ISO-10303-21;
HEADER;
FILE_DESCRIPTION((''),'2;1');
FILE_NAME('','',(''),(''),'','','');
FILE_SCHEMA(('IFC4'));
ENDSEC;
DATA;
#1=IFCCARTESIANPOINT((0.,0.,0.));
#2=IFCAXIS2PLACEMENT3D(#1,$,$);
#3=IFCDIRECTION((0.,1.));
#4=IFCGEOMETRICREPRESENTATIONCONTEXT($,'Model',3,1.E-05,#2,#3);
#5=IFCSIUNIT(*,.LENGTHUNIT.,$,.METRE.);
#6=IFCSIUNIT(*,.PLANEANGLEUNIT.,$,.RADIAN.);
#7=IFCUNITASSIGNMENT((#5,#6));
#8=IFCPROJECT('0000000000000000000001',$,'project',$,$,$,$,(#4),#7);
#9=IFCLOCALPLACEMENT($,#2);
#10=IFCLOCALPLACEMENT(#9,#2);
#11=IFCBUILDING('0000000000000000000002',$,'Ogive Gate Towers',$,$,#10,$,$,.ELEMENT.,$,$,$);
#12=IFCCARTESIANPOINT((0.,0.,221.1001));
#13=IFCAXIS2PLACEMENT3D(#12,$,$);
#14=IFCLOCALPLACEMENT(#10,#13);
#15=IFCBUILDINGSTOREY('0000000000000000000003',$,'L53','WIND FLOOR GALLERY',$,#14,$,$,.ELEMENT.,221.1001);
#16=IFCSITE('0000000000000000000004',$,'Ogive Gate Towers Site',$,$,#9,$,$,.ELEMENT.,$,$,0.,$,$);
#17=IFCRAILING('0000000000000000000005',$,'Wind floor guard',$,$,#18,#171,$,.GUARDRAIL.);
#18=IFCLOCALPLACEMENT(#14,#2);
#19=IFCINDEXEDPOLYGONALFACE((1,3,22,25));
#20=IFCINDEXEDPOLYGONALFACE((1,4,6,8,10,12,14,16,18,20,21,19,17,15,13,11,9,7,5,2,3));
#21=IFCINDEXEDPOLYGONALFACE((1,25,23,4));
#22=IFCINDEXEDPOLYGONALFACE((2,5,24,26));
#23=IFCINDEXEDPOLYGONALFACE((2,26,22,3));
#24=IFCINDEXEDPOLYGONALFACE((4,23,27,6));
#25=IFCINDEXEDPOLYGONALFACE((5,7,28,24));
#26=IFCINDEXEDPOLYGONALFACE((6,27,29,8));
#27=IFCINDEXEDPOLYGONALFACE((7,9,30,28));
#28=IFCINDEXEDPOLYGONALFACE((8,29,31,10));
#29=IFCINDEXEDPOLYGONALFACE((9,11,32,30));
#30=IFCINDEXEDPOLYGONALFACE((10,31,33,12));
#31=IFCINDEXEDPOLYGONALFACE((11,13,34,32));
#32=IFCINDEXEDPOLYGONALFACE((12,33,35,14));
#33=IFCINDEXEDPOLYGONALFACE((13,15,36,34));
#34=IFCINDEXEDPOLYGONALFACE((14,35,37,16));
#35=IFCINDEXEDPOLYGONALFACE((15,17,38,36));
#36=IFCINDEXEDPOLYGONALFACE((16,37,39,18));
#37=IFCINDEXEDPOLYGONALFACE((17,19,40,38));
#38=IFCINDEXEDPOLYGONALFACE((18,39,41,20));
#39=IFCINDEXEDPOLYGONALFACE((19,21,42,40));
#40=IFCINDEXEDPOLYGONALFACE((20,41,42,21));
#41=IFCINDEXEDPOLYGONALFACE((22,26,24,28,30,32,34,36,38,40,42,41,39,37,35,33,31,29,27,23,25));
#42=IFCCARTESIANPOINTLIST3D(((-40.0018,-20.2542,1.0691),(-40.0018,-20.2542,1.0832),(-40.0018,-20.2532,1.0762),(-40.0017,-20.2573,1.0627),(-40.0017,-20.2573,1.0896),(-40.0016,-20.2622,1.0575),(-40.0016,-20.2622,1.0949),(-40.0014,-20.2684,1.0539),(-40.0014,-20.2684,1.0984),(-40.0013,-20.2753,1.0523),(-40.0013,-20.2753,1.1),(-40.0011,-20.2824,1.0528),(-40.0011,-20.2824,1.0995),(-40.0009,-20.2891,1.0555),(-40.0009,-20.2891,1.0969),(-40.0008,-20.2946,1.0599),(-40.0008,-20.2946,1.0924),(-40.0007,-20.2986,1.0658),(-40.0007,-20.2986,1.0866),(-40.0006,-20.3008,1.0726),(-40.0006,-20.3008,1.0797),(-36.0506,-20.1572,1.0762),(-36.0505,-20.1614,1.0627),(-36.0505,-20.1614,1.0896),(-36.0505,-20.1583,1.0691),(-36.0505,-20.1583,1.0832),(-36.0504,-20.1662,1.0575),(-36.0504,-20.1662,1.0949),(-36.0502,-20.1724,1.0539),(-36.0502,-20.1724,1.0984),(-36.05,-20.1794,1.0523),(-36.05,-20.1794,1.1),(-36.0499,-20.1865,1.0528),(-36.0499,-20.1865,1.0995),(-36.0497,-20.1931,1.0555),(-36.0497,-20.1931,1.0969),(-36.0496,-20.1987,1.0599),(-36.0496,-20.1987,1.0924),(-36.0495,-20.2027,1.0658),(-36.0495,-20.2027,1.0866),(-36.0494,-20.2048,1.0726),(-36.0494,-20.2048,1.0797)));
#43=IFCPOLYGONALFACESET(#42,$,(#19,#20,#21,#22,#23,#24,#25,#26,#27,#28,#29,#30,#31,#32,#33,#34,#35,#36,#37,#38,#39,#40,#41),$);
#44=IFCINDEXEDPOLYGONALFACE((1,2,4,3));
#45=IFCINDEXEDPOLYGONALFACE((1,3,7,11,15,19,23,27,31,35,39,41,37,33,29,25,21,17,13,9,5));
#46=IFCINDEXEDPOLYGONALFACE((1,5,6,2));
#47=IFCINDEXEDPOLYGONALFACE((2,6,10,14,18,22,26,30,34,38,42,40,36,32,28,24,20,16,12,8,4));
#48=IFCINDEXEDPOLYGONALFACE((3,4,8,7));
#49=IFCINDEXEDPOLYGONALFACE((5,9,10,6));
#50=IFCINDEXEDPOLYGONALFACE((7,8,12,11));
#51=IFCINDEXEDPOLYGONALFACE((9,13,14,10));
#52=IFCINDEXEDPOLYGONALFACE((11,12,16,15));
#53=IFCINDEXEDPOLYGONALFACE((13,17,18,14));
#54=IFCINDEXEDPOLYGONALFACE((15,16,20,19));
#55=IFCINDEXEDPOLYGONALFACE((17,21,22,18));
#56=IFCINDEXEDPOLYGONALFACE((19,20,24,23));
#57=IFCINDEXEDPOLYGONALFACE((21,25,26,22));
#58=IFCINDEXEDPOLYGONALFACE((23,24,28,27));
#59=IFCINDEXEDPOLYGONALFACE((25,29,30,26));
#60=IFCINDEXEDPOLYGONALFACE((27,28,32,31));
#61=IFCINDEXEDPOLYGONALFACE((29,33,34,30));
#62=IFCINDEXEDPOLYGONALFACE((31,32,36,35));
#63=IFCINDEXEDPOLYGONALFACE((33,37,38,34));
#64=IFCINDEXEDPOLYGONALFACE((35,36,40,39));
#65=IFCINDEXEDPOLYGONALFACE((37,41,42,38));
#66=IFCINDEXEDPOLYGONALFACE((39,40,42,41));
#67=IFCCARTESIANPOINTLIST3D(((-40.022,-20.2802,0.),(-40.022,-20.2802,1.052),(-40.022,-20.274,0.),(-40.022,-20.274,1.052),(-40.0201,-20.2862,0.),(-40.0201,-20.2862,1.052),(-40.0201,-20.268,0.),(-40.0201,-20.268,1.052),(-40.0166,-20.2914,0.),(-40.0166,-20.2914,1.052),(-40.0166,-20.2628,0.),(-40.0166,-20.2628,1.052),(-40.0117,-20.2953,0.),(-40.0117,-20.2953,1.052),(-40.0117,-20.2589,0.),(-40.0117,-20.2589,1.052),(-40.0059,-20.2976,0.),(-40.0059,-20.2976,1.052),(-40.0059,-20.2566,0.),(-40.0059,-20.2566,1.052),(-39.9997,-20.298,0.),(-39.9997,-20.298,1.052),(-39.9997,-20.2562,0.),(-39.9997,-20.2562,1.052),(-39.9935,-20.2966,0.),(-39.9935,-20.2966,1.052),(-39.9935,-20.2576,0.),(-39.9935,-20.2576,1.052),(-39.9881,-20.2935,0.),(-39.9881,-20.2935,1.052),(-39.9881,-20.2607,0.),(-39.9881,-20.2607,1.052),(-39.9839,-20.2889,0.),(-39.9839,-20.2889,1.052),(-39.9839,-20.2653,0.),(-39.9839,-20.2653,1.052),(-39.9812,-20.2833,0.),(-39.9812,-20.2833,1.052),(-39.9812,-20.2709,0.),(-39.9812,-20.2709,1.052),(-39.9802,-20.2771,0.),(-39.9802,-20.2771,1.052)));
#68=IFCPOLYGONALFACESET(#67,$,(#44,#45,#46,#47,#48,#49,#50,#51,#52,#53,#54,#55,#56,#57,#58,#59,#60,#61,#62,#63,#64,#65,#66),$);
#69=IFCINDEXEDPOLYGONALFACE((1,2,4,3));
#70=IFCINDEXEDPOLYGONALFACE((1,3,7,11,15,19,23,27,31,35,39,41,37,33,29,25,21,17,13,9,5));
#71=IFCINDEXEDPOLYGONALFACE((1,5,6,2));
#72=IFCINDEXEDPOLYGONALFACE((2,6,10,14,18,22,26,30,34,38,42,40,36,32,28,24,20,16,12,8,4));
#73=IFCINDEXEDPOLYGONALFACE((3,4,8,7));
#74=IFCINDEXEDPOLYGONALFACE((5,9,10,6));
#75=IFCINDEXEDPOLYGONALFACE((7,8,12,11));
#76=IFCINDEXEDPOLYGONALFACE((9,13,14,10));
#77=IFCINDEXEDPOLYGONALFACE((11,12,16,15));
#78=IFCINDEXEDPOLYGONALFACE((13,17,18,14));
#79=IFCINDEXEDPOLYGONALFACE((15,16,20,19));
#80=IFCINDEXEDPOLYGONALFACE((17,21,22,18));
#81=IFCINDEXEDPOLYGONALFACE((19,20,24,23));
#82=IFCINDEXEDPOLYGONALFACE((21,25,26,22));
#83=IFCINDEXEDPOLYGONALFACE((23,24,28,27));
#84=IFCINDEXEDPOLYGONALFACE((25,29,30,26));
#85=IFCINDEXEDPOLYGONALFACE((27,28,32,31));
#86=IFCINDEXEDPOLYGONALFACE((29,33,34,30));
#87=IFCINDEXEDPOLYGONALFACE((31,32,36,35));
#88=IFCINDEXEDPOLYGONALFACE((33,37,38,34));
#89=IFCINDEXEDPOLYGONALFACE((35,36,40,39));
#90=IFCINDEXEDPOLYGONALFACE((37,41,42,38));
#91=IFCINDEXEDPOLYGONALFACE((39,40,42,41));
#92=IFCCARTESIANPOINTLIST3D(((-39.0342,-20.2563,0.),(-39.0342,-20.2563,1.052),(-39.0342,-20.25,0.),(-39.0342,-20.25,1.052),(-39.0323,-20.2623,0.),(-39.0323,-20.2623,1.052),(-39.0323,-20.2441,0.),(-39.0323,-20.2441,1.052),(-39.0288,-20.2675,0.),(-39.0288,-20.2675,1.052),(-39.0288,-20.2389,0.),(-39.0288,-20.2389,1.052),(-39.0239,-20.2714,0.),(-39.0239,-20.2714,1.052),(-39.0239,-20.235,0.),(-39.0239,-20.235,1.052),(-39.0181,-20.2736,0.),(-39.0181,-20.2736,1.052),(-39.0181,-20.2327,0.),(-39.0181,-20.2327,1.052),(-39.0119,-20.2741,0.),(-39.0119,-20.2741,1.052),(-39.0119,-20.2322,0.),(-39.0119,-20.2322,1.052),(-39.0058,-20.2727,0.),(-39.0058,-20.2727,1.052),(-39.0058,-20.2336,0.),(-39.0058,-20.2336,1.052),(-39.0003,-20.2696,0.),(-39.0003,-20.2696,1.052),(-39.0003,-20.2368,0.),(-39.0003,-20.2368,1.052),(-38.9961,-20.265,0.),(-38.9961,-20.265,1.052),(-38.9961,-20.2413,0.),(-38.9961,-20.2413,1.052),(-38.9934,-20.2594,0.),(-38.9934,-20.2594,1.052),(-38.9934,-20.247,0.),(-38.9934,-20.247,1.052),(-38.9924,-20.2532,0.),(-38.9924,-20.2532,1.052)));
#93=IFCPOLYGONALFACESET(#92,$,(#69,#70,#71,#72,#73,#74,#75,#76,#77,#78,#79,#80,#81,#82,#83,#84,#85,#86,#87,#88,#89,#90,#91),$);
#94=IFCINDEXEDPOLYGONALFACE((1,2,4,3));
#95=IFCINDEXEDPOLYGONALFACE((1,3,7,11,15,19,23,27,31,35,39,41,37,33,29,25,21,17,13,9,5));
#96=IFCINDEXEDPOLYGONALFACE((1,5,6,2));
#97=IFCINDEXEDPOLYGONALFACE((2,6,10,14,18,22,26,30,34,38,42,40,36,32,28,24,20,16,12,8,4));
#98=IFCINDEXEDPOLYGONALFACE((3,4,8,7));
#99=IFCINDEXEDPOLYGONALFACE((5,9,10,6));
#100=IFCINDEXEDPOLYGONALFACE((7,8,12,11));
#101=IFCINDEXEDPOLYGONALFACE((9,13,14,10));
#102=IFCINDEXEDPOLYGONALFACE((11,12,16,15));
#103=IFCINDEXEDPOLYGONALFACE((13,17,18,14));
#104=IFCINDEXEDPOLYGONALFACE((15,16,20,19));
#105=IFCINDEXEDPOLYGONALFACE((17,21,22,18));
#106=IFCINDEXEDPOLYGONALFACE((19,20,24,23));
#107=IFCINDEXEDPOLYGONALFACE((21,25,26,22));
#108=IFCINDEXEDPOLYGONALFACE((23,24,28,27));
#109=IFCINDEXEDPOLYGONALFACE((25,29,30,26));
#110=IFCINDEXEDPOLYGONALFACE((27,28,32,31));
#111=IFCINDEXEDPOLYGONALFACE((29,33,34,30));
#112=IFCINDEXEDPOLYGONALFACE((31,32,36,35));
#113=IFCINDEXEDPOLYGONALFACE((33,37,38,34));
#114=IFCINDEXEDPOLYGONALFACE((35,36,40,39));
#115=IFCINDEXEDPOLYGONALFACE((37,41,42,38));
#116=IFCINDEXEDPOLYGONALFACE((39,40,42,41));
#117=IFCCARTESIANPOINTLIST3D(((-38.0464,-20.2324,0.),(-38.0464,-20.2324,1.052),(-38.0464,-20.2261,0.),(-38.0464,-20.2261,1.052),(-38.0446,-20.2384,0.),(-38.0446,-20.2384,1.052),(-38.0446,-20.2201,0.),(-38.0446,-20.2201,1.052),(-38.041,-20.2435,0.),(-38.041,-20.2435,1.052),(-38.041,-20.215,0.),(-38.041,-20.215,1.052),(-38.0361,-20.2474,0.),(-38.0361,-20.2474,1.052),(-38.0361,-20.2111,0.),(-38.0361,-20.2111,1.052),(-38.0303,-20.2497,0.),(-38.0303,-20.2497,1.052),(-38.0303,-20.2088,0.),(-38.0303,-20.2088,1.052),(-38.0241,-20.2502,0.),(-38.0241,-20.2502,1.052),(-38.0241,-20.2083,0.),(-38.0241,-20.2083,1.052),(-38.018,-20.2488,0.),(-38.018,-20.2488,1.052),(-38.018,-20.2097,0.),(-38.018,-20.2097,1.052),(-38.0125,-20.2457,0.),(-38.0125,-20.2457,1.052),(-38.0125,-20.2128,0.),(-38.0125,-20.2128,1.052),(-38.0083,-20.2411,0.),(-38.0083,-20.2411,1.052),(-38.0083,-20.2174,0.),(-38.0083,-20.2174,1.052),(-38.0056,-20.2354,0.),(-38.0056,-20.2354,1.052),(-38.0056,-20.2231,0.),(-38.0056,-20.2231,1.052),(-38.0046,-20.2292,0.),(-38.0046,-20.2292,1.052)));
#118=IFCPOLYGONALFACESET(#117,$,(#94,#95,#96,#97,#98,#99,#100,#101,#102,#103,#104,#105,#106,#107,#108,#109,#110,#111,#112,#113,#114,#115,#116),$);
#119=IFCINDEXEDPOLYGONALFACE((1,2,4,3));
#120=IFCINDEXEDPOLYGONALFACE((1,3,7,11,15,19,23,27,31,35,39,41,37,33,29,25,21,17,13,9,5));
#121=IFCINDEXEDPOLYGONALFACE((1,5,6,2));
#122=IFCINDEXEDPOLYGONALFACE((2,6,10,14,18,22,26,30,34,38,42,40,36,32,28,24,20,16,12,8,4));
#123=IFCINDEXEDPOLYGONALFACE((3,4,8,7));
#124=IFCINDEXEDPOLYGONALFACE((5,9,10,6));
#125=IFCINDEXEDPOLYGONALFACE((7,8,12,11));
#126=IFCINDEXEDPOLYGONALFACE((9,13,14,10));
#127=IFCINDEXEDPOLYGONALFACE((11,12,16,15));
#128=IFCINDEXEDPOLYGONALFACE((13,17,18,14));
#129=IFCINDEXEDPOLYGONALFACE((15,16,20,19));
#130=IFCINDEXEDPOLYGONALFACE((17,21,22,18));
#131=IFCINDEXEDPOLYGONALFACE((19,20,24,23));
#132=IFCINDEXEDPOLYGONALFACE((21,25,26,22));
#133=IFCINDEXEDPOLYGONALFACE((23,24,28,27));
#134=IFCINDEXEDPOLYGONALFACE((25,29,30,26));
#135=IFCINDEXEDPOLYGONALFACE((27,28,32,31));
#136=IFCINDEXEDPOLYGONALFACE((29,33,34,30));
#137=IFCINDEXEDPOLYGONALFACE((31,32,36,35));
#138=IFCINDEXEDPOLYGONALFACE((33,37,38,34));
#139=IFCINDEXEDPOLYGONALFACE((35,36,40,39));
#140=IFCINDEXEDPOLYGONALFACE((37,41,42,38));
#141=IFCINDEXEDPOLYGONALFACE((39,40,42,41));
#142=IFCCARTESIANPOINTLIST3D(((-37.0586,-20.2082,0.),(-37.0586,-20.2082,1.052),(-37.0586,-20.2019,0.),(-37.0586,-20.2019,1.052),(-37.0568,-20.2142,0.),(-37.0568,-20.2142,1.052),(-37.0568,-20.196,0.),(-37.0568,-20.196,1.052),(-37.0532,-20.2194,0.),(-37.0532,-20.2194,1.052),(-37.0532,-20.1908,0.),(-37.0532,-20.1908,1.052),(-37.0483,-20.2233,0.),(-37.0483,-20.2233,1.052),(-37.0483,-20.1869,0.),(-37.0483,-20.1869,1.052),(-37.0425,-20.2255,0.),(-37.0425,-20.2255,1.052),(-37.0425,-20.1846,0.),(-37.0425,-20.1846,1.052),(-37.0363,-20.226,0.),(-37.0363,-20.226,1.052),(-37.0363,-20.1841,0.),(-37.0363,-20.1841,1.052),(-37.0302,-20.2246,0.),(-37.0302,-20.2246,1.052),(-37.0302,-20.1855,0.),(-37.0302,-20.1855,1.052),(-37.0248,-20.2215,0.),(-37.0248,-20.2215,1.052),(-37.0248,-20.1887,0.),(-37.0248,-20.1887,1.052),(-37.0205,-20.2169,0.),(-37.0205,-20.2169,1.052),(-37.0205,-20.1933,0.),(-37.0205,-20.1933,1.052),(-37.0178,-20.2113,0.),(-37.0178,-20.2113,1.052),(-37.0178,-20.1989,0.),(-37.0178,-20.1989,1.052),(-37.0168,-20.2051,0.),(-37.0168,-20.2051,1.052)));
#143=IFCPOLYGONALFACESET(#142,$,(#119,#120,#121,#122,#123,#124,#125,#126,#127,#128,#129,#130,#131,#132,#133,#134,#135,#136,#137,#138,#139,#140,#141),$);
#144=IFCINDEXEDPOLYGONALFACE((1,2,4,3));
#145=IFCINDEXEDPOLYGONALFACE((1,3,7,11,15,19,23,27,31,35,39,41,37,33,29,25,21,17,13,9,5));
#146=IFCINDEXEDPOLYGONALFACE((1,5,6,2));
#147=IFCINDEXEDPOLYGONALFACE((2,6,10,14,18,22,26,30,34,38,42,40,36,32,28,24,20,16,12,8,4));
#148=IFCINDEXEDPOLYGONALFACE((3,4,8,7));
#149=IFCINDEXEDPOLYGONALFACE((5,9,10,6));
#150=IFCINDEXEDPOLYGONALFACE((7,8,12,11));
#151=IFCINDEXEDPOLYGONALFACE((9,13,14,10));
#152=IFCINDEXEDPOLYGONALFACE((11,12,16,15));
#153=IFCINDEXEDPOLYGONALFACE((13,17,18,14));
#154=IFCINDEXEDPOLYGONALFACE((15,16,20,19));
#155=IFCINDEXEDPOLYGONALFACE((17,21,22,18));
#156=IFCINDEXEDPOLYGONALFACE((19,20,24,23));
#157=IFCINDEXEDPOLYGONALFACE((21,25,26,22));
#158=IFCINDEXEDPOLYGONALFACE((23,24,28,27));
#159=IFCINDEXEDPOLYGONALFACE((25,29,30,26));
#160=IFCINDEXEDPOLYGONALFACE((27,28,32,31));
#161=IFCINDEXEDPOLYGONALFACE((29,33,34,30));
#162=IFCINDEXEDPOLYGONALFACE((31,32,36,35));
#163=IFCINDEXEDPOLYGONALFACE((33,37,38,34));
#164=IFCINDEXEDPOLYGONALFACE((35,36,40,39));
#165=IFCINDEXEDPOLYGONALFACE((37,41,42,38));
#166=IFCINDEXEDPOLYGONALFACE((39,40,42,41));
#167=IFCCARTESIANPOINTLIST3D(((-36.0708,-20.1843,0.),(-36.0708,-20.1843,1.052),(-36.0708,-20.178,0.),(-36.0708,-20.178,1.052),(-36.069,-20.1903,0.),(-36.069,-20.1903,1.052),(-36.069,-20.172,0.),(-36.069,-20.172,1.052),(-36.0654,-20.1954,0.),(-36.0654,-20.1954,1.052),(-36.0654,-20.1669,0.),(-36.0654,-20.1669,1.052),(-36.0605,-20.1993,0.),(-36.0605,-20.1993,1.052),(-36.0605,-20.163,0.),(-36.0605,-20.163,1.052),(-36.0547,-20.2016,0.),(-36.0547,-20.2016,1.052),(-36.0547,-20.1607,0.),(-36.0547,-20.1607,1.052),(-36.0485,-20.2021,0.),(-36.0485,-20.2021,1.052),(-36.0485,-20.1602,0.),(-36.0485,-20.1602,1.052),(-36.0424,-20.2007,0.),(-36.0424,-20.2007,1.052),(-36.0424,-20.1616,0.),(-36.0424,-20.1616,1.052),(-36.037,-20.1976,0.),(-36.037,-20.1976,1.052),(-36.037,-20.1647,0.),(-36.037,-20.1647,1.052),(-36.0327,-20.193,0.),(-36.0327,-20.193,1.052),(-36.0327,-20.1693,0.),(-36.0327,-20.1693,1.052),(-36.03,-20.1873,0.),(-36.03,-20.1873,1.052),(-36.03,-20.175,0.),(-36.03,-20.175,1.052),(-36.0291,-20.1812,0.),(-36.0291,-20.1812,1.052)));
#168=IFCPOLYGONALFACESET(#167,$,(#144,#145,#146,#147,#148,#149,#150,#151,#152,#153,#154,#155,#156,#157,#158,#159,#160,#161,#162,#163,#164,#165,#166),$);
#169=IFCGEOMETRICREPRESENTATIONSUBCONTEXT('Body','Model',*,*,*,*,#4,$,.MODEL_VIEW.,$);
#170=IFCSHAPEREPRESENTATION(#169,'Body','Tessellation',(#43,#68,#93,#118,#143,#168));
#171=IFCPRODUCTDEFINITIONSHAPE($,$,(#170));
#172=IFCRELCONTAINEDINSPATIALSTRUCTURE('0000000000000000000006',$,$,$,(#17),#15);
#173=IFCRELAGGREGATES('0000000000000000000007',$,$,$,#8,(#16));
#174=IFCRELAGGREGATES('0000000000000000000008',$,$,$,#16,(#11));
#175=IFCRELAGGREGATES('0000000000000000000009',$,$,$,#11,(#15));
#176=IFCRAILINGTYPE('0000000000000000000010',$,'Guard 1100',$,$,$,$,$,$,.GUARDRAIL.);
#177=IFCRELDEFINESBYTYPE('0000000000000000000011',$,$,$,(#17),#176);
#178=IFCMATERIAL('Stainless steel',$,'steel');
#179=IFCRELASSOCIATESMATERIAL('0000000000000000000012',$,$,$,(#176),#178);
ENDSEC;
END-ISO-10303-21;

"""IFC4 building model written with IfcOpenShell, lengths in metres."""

from ifc_helpers import new_model, si_unit, direction, frame, origin, origin_2d, place, context, subcontext, project, spatial, circle, extrude, material, type_object, element, save


model = new_model("IFC4")

# Units and contexts
model_context = context("Model", 3, precision=1e-05, world=origin(), true_north=direction((0.0, 1.0)))
body_context = subcontext(model_context, "Body", "Model", "MODEL_VIEW")
ifc_project = project(units=[si_unit("LENGTHUNIT", "METRE"), si_unit("PLANEANGLEUNIT", "RADIAN")], contexts=[model_context])

# Site, building, storey
site_placement = place(None, origin())
site = spatial("IfcSite", under=ifc_project, at=site_placement, Name="Ogive Gate Towers Site", CompositionType="ELEMENT", RefElevation=0.0)
building_placement = place(site_placement, origin())
building = spatial("IfcBuilding", under=site, at=building_placement, Name="Ogive Gate Towers", CompositionType="ELEMENT")
storey_placement = place(building_placement, frame((0.0, 0.0, 221.1001)))
storey = spatial("IfcBuildingStorey", under=building, at=storey_placement, Name="L53", Description="WIND FLOOR GALLERY", CompositionType="ELEMENT", Elevation=221.1001)

# Railing
ifc_material_1 = material(Name="Stainless steel", Category="steel")
railing_type = type_object("IfcRailingType", Name="Guard 1100", PredefinedType="GUARDRAIL", material=ifc_material_1)
railing_1_placement = place(storey_placement, frame((-40.0012, -20.2771, 0.0)))
element("IfcRailing", 1, at=railing_1_placement, inside=storey, type_object=railing_type, Name="Wind floor guard", PredefinedType="GUARDRAIL", context=body_context, shape_type="SweptSolid", body=[
    extrude(circle(Radius=0.0239, at=origin_2d()), frame((0.0, 0.0, 1.0762), z_axis=(0.999705, 0.024276, 0.0), x_axis=(-0.024276, 0.999705, 0.0)), (0.0, 0.0, 1.0), 3.9524),
    extrude(circle(Radius=0.021, at=origin_2d()), origin(), (0.0, 0.0, 1.0), 1.052),
    extrude(circle(Radius=0.021, at=origin_2d()), frame((0.9878, 0.0239, 0.0)), (0.0, 0.0, 1.0), 1.052),
    extrude(circle(Radius=0.021, at=origin_2d()), frame((1.9756, 0.0479, 0.0)), (0.0, 0.0, 1.0), 1.052),
    extrude(circle(Radius=0.021, at=origin_2d()), frame((2.9634, 0.072, 0.0)), (0.0, 0.0, 1.0), 1.052),
    extrude(circle(Radius=0.021, at=origin_2d()), frame((3.9512, 0.0959, 0.0)), (0.0, 0.0, 1.0), 1.052),
])

save(model, "model.ifc")
